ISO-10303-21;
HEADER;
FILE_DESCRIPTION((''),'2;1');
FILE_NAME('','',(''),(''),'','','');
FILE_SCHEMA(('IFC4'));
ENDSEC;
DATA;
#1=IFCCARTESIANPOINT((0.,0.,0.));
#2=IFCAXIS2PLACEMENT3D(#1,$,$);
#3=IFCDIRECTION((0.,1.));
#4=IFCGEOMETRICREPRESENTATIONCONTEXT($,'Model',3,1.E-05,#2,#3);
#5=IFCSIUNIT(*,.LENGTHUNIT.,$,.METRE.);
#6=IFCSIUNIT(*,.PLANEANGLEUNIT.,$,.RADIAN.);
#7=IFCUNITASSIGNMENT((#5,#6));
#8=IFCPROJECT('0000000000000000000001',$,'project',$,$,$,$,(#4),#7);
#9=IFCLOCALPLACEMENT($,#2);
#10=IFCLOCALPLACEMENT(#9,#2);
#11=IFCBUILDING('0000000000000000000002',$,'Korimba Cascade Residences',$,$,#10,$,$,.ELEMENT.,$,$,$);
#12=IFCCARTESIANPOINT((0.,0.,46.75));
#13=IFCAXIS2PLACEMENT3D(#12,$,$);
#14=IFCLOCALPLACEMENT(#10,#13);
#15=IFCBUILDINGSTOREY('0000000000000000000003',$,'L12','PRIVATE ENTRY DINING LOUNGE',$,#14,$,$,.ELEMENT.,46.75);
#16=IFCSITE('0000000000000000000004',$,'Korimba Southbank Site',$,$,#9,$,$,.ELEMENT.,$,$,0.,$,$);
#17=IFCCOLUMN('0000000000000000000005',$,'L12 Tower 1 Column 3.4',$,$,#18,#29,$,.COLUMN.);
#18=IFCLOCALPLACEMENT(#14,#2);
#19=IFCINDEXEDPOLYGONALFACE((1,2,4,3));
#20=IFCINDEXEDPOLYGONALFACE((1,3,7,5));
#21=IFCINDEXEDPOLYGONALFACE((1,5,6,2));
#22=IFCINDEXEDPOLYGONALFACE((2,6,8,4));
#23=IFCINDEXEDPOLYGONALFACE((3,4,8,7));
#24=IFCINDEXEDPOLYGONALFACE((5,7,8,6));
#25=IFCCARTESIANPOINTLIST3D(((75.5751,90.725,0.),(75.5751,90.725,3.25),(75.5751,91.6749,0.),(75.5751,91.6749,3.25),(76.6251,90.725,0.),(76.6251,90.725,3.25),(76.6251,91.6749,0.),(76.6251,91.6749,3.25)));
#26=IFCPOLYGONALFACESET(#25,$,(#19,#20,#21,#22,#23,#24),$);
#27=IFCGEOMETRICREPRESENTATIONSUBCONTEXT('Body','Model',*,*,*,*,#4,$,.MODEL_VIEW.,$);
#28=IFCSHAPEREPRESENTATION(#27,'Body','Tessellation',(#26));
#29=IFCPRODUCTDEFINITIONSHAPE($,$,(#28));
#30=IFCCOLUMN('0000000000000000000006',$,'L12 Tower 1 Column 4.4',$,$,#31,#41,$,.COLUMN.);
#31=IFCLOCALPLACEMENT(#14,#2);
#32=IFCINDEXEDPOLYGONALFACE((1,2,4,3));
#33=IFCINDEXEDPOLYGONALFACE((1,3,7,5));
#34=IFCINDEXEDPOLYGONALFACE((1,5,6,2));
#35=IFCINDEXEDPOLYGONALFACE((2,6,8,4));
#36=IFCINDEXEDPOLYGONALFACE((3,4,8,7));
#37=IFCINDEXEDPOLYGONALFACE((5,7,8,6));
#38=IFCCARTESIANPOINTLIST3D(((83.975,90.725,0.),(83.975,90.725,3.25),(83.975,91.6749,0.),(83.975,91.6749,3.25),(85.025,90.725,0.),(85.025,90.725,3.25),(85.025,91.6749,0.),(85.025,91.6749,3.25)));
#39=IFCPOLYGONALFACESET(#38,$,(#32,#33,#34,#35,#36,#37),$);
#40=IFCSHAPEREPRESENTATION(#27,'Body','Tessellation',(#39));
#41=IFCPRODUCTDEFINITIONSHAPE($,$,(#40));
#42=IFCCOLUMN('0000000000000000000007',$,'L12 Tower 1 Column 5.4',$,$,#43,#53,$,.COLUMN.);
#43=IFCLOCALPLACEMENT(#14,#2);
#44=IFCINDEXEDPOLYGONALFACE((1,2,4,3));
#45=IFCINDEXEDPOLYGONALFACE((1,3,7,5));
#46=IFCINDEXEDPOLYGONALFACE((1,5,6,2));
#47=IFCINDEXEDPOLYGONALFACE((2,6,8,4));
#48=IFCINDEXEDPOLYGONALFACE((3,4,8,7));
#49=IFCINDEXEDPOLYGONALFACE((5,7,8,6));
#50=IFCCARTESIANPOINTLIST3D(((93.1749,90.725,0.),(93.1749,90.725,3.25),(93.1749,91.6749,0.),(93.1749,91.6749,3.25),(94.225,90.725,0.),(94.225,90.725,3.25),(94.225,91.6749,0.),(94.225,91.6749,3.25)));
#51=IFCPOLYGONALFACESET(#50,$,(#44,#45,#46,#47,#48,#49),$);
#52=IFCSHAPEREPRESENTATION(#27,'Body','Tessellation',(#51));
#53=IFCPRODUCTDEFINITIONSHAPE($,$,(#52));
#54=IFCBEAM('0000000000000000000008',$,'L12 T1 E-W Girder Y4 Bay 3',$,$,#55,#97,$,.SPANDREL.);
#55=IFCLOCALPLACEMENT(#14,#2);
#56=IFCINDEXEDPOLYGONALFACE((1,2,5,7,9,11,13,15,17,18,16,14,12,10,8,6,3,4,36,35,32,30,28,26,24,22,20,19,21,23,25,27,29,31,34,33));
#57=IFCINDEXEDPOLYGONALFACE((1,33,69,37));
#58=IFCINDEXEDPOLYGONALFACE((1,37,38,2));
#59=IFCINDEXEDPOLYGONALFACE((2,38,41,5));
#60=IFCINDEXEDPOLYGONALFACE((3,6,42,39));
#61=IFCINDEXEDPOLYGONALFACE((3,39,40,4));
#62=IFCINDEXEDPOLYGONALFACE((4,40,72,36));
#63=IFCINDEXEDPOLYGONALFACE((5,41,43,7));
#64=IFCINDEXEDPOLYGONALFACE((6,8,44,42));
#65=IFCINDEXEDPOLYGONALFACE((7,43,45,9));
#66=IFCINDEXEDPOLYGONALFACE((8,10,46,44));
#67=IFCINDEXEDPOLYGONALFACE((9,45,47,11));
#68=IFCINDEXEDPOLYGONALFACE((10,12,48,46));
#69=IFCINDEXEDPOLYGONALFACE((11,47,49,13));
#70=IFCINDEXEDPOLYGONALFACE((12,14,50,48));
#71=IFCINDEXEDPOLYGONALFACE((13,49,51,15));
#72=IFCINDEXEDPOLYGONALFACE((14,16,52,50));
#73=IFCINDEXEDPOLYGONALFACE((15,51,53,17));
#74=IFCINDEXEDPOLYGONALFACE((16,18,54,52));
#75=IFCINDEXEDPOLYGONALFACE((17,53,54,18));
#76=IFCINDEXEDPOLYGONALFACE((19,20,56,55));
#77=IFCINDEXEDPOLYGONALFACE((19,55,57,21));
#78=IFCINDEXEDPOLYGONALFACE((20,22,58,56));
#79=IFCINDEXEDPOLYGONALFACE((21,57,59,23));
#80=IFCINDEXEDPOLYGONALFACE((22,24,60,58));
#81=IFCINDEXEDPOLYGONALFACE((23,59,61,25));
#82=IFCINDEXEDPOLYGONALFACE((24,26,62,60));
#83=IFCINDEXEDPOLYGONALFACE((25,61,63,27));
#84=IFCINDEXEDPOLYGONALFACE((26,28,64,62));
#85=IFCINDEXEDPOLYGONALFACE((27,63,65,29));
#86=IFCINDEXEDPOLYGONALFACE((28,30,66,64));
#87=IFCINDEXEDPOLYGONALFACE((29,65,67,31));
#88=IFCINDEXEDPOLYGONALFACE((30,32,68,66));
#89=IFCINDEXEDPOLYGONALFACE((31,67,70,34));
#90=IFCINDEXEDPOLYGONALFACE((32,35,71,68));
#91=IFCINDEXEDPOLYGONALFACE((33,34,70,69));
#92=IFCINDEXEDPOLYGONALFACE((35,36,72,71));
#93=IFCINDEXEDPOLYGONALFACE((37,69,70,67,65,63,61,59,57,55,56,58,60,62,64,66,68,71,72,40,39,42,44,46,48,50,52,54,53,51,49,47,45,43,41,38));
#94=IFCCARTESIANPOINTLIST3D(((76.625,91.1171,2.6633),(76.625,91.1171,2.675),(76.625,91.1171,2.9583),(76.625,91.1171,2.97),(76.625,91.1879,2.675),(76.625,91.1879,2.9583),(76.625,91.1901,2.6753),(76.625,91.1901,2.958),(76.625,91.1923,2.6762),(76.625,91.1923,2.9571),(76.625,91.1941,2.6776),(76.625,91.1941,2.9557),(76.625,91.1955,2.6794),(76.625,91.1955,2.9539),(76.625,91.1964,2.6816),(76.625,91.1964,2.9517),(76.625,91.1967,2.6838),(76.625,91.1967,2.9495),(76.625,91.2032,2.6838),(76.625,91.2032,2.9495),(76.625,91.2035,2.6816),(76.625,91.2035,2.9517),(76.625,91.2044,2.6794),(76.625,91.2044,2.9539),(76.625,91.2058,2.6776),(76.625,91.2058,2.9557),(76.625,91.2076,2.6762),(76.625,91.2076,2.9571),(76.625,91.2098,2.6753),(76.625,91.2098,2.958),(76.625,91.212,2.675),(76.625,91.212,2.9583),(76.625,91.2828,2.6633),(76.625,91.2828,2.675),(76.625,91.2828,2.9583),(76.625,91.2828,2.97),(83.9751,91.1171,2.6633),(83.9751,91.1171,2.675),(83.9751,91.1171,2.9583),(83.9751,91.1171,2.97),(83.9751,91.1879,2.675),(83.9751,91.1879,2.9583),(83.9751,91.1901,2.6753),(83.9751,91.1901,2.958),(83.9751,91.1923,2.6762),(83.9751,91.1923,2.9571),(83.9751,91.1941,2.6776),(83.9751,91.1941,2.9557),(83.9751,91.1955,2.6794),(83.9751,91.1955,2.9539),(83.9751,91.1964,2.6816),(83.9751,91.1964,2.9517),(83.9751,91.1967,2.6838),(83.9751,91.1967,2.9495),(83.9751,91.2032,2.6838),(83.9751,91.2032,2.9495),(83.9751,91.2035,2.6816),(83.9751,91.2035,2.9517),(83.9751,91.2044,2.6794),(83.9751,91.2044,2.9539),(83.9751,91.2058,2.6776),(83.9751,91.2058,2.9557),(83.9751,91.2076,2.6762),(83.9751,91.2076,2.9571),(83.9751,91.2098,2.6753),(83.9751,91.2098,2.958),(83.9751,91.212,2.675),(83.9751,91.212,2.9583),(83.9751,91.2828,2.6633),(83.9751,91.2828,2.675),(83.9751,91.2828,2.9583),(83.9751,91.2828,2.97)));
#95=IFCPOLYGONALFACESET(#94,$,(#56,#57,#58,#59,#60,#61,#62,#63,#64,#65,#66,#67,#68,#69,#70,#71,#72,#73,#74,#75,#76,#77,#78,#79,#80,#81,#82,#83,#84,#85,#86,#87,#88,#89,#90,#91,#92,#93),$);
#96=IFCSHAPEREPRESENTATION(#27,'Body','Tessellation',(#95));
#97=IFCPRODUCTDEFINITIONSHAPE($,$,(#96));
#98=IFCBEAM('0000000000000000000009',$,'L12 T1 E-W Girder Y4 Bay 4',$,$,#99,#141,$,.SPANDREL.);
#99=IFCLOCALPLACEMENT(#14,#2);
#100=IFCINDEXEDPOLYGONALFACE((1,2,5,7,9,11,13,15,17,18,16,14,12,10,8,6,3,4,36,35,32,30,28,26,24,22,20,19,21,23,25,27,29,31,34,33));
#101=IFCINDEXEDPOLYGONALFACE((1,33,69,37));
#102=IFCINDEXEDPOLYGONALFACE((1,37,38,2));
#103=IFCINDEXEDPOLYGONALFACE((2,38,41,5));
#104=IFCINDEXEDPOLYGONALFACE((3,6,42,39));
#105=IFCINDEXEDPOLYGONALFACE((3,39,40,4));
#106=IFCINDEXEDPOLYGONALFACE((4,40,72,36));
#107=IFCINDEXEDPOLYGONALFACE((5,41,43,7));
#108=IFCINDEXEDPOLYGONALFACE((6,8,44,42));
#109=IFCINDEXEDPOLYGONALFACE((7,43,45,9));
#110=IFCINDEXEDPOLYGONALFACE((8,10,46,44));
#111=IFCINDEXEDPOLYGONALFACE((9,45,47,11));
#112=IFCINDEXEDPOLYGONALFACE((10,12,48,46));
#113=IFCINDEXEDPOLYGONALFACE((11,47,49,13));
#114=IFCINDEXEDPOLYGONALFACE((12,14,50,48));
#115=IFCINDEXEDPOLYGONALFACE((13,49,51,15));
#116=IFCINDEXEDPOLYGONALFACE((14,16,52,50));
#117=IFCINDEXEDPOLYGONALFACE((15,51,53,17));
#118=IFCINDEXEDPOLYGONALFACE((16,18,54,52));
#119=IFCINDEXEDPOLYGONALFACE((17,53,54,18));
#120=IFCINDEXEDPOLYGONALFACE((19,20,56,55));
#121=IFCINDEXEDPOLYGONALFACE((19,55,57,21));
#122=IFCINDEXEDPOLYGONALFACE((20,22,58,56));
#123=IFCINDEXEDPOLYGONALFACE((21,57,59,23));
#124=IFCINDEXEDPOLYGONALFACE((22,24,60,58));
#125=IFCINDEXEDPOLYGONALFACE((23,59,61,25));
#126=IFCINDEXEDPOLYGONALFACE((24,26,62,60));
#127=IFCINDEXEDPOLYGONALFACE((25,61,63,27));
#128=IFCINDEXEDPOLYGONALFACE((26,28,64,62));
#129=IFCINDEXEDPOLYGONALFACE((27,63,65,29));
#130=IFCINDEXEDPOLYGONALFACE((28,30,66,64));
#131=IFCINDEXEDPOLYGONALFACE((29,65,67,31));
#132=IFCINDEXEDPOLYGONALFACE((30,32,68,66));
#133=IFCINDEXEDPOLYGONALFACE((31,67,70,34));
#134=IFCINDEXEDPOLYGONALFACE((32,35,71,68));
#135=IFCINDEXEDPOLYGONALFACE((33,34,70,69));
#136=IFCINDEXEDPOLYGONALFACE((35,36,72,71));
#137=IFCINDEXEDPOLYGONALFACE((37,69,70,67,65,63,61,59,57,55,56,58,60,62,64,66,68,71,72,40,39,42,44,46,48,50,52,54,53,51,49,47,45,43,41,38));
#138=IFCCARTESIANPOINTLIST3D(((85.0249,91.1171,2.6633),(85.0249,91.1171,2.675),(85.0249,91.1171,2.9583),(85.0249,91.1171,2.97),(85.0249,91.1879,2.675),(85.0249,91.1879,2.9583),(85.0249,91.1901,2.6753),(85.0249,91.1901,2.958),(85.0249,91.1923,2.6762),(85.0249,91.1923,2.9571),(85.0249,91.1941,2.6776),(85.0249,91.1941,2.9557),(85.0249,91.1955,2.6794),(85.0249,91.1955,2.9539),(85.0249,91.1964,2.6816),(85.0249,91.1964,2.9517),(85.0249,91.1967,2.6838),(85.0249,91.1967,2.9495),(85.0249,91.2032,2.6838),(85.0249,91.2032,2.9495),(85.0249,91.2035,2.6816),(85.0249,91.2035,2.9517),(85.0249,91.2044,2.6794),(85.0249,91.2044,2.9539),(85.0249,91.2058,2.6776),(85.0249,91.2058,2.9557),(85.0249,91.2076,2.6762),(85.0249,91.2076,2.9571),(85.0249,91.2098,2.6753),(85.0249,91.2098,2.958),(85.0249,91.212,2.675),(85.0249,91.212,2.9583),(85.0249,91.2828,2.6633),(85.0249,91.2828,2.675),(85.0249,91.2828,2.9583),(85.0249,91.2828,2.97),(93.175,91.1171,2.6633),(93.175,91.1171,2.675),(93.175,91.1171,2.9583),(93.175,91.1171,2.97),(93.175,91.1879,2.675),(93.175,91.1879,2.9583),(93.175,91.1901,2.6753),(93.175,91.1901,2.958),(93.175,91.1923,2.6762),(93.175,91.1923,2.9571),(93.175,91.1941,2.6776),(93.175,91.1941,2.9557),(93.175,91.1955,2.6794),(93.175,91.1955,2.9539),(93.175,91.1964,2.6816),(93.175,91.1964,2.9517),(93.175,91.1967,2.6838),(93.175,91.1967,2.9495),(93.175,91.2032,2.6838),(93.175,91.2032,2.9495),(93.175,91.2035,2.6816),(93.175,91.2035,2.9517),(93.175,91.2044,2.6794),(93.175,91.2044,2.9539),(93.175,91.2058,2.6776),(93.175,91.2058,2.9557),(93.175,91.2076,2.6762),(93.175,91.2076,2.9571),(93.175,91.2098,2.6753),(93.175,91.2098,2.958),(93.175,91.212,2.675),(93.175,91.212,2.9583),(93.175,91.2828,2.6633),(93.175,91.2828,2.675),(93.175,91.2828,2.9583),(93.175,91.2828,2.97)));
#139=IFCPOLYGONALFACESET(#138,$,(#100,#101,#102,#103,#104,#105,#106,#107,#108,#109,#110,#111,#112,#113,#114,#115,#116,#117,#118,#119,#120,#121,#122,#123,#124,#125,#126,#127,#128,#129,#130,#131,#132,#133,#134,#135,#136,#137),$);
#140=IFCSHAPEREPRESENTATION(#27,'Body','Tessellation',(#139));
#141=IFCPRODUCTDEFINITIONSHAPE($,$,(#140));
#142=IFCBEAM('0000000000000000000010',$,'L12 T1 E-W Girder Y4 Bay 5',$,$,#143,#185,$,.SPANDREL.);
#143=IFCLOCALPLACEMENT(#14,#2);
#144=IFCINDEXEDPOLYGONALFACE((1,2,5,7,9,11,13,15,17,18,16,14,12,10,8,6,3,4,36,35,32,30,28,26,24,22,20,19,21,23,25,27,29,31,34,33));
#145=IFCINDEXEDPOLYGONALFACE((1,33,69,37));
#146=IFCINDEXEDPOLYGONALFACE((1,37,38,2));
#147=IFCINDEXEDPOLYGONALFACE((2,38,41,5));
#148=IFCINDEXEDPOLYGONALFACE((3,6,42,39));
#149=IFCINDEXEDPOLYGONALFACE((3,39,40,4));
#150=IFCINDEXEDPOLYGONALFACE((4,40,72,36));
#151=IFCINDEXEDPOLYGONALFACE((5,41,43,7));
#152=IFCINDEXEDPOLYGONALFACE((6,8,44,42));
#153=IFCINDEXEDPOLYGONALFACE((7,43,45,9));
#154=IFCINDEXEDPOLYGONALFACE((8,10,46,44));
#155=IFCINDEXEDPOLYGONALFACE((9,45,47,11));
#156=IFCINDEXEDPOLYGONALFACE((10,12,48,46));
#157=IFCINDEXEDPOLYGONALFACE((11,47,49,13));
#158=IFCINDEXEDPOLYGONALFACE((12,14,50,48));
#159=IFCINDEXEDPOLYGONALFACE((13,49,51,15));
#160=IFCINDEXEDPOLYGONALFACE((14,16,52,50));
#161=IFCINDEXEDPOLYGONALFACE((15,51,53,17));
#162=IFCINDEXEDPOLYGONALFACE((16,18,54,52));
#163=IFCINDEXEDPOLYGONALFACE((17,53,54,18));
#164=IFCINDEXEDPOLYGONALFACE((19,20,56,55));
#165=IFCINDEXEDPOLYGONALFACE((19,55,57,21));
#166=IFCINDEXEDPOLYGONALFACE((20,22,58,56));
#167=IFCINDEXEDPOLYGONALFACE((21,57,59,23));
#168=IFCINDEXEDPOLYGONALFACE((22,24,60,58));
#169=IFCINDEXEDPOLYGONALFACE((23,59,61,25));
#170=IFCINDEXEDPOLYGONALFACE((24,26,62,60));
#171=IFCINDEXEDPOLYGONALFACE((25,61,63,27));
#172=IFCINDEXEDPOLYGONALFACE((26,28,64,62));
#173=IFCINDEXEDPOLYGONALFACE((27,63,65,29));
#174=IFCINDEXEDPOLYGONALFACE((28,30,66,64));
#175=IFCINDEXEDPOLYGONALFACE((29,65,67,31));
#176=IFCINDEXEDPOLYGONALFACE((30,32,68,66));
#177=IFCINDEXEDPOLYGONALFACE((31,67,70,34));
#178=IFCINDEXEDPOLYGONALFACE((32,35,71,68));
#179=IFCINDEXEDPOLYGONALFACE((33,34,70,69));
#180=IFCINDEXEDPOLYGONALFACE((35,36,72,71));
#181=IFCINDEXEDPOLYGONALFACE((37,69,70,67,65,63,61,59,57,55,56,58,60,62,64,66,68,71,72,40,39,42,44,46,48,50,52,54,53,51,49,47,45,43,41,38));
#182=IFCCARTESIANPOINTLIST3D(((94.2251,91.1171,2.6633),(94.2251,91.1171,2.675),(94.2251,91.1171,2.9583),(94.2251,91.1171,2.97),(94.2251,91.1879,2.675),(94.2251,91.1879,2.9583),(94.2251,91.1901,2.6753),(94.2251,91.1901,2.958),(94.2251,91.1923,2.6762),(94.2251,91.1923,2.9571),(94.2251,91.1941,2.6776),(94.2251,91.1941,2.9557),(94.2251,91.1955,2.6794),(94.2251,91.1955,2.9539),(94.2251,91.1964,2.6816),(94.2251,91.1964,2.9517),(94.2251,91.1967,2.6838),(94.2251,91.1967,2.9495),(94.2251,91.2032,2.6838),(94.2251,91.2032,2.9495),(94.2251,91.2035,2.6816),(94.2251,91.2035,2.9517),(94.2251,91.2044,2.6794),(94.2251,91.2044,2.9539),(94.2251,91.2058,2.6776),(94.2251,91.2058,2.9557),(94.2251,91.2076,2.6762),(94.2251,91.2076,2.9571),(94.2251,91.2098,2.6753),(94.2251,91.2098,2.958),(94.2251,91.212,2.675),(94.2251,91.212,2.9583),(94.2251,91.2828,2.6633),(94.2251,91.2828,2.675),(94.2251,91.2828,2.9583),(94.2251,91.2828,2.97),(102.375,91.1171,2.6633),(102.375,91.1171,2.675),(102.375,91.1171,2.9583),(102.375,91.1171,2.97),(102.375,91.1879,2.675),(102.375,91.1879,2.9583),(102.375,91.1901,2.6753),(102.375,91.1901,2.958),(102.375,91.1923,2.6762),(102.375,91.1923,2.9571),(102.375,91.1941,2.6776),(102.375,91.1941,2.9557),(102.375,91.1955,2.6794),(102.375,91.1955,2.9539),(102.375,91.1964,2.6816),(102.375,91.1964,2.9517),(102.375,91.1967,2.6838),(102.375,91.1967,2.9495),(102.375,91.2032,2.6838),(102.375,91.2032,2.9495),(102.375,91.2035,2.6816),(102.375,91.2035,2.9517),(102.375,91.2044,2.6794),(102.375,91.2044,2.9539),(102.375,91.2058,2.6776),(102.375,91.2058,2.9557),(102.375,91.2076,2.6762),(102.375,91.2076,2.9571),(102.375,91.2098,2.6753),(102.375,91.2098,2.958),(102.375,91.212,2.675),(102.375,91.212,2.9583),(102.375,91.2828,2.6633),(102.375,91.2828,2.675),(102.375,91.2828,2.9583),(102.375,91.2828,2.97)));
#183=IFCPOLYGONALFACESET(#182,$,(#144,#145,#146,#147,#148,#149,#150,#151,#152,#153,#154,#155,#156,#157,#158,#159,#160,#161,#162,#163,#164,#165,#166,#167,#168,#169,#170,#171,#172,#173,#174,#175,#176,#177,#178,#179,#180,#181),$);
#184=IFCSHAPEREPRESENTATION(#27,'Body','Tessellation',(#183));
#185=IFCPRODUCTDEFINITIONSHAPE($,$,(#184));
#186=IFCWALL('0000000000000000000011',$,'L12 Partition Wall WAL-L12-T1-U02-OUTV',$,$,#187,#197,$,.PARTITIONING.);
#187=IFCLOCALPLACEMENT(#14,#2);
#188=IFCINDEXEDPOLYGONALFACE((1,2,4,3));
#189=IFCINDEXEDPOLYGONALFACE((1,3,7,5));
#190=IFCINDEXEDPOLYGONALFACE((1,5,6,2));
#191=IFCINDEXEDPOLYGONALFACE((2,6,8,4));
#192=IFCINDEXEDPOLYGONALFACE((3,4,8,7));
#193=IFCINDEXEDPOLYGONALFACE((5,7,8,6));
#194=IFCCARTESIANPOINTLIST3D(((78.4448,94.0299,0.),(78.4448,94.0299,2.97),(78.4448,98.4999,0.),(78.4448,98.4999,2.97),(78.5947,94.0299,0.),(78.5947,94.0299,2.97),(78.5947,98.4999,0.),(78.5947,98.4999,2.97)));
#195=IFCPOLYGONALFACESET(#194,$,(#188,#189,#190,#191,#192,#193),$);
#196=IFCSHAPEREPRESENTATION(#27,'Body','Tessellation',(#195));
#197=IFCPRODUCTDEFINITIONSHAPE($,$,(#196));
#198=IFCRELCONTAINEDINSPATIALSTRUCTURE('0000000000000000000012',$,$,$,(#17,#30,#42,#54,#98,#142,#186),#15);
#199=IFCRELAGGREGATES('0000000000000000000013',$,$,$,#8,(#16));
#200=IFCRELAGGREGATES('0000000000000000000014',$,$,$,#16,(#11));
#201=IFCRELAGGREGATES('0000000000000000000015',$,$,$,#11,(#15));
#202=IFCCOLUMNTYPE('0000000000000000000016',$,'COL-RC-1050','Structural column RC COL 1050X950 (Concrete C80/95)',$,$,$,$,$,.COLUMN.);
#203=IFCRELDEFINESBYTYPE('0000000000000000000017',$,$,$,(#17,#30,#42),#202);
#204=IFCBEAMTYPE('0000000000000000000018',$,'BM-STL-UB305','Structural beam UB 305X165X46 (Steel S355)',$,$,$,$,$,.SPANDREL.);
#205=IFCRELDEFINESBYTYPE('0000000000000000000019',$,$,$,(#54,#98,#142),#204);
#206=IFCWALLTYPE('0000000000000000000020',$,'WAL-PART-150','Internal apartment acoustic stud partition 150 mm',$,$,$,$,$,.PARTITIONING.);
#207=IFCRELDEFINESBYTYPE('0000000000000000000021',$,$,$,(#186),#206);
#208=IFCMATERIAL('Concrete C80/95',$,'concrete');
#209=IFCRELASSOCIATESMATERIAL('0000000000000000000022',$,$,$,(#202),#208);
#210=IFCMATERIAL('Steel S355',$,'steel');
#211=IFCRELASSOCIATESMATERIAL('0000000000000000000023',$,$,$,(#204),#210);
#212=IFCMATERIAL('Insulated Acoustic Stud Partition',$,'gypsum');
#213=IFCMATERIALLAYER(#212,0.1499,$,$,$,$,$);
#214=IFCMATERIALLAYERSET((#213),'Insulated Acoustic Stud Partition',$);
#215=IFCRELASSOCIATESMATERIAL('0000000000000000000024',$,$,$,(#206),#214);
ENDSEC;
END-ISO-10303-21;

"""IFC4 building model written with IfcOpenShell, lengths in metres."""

from ifc_helpers import new_model, si_unit, direction, frame, frame_2d, origin, origin_2d, place, context, subcontext, project, spatial, rectangle, i_section, extrude, material, layer, layer_set, material_profile, profile_set, type_object, element, save


model = new_model("IFC4")

# Units and contexts
model_context = context("Model", 3, precision=1e-05, world=origin(), true_north=direction((0.0, 1.0)))
body_context = subcontext(model_context, "Body", "Model", "MODEL_VIEW")
ifc_project = project(units=[si_unit("LENGTHUNIT", "METRE"), si_unit("PLANEANGLEUNIT", "RADIAN")], contexts=[model_context])

# Site, building, storey
site_placement = place(None, origin())
site = spatial("IfcSite", under=ifc_project, at=site_placement, Name="Korimba Southbank Site", CompositionType="ELEMENT", RefElevation=0.0)
building_placement = place(site_placement, origin())
building = spatial("IfcBuilding", under=site, at=building_placement, Name="Korimba Cascade Residences", CompositionType="ELEMENT")
storey_placement = place(building_placement, frame((0.0, 0.0, 46.75)))
storey = spatial("IfcBuildingStorey", under=building, at=storey_placement, Name="L12", Description="PRIVATE ENTRY DINING LOUNGE", CompositionType="ELEMENT", Elevation=46.75)

# Columns
ifc_material_1 = material(Name="Concrete C80/95", Category="concrete")
ifc_material_profile_1 = material_profile(ifc_material_1, rectangle(XDim=1.05, YDim=0.95, at=origin_2d()), Name="Concrete C80/95")
ifc_profile_set_1 = profile_set([ifc_material_profile_1], Name="Concrete C80/95")
column_type = type_object("IfcColumnType", Name="COL-RC-1050", Description="Structural column RC COL 1050X950 (Concrete C80/95)", PredefinedType="COLUMN", material=ifc_profile_set_1)
for number, where, z_axis, x_axis, name in (
    (1, (76.1001, 91.2, 0.0), (0.0, 0.0, 1.0), (1.0, 0.0, 0.0), "L12 Tower 1 Column 3.4"),
    (2, (84.5, 91.2, 0.0), (0.0, 0.0, 1.0), (1.0, 0.0, 0.0), "L12 Tower 1 Column 4.4"),
    (3, (93.7, 91.2, 0.0), (0.0, 0.0, 1.0), (1.0, 0.0, 0.0), "L12 Tower 1 Column 5.4"),
):
    element("IfcColumn", number, at=place(storey_placement, frame(where, z_axis=z_axis, x_axis=x_axis)), inside=storey, type_object=column_type, Name=name, PredefinedType="COLUMN", context=body_context, shape_type="SweptSolid", body=[
        extrude(rectangle(XDim=1.05, YDim=0.95, at=origin_2d()), origin(), (0.0, 0.0, 1.0), 3.25),
    ])

# Beams
ifc_material_2 = material(Name="Steel S355", Category="steel")
ifc_material_profile_2 = material_profile(ifc_material_2, i_section(OverallWidth=0.1658, OverallDepth=0.3066, WebThickness=0.0066, FlangeThickness=0.0117, FilletRadius=0.0088, at=origin_2d()), Name="Steel S355")
ifc_profile_set_2 = profile_set([ifc_material_profile_2], Name="Steel S355")
beam_type = type_object("IfcBeamType", Name="BM-STL-UB305", Description="Structural beam UB 305X165X46 (Steel S355)", PredefinedType="SPANDREL", material=ifc_profile_set_2)
beam_1_placement = place(storey_placement, frame((76.625, 91.2, 2.8167), z_axis=(1.0, 0.0, 0.0), x_axis=(0.0, 1.0, 0.0)))
element("IfcBeam", 4, at=beam_1_placement, inside=storey, type_object=beam_type, Name="L12 T1 E-W Girder Y4 Bay 3", PredefinedType="SPANDREL", context=body_context, shape_type="SweptSolid", body=[
    extrude(i_section(OverallWidth=0.1658, OverallDepth=0.3066, WebThickness=0.0066, FlangeThickness=0.0117, FilletRadius=0.0088, at=origin_2d()), origin(), (0.0, 0.0, 1.0), 7.3501),
])
beam_2_placement = place(storey_placement, frame((85.0249, 91.2, 2.8167), z_axis=(1.0, 0.0, 0.0), x_axis=(0.0, 1.0, 0.0)))
element("IfcBeam", 5, at=beam_2_placement, inside=storey, type_object=beam_type, Name="L12 T1 E-W Girder Y4 Bay 4", PredefinedType="SPANDREL", context=body_context, shape_type="SweptSolid", body=[
    extrude(i_section(OverallWidth=0.1658, OverallDepth=0.3066, WebThickness=0.0066, FlangeThickness=0.0117, FilletRadius=0.0088, at=origin_2d()), origin(), (0.0, 0.0, 1.0), 8.1501),
])
beam_3_placement = place(storey_placement, frame((94.2251, 91.2, 2.8167), z_axis=(1.0, 0.0, 0.0), x_axis=(0.0, 1.0, 0.0)))
element("IfcBeam", 6, at=beam_3_placement, inside=storey, type_object=beam_type, Name="L12 T1 E-W Girder Y4 Bay 5", PredefinedType="SPANDREL", context=body_context, shape_type="SweptSolid", body=[
    extrude(i_section(OverallWidth=0.1658, OverallDepth=0.3066, WebThickness=0.0066, FlangeThickness=0.0117, FilletRadius=0.0088, at=origin_2d()), origin(), (0.0, 0.0, 1.0), 8.1499),
])

# Wall
ifc_material_3 = material(Name="Insulated Acoustic Stud Partition", Category="gypsum")
ifc_layer = layer(ifc_material_3, 0.1499)
ifc_layer_set = layer_set([ifc_layer], Name="Insulated Acoustic Stud Partition")
wall_type = type_object("IfcWallType", Name="WAL-PART-150", Description="Internal apartment acoustic stud partition 150 mm", PredefinedType="PARTITIONING", material=ifc_layer_set)
wall_1_placement = place(storey_placement, frame((78.5198, 94.03, 0.0), z_axis=(0.0, 0.0, 1.0), x_axis=(0.0, 1.0, 0.0)))
element("IfcWall", 7, at=wall_1_placement, inside=storey, type_object=wall_type, Name="L12 Partition Wall WAL-L12-T1-U02-OUTV", PredefinedType="PARTITIONING", context=body_context, shape_type="SweptSolid", body=[
    extrude(rectangle(XDim=4.47, YDim=0.1499, at=frame_2d((2.2349, 0.0))), origin(), (0.0, 0.0, 1.0), 2.97),
])

save(model, "model.ifc")
